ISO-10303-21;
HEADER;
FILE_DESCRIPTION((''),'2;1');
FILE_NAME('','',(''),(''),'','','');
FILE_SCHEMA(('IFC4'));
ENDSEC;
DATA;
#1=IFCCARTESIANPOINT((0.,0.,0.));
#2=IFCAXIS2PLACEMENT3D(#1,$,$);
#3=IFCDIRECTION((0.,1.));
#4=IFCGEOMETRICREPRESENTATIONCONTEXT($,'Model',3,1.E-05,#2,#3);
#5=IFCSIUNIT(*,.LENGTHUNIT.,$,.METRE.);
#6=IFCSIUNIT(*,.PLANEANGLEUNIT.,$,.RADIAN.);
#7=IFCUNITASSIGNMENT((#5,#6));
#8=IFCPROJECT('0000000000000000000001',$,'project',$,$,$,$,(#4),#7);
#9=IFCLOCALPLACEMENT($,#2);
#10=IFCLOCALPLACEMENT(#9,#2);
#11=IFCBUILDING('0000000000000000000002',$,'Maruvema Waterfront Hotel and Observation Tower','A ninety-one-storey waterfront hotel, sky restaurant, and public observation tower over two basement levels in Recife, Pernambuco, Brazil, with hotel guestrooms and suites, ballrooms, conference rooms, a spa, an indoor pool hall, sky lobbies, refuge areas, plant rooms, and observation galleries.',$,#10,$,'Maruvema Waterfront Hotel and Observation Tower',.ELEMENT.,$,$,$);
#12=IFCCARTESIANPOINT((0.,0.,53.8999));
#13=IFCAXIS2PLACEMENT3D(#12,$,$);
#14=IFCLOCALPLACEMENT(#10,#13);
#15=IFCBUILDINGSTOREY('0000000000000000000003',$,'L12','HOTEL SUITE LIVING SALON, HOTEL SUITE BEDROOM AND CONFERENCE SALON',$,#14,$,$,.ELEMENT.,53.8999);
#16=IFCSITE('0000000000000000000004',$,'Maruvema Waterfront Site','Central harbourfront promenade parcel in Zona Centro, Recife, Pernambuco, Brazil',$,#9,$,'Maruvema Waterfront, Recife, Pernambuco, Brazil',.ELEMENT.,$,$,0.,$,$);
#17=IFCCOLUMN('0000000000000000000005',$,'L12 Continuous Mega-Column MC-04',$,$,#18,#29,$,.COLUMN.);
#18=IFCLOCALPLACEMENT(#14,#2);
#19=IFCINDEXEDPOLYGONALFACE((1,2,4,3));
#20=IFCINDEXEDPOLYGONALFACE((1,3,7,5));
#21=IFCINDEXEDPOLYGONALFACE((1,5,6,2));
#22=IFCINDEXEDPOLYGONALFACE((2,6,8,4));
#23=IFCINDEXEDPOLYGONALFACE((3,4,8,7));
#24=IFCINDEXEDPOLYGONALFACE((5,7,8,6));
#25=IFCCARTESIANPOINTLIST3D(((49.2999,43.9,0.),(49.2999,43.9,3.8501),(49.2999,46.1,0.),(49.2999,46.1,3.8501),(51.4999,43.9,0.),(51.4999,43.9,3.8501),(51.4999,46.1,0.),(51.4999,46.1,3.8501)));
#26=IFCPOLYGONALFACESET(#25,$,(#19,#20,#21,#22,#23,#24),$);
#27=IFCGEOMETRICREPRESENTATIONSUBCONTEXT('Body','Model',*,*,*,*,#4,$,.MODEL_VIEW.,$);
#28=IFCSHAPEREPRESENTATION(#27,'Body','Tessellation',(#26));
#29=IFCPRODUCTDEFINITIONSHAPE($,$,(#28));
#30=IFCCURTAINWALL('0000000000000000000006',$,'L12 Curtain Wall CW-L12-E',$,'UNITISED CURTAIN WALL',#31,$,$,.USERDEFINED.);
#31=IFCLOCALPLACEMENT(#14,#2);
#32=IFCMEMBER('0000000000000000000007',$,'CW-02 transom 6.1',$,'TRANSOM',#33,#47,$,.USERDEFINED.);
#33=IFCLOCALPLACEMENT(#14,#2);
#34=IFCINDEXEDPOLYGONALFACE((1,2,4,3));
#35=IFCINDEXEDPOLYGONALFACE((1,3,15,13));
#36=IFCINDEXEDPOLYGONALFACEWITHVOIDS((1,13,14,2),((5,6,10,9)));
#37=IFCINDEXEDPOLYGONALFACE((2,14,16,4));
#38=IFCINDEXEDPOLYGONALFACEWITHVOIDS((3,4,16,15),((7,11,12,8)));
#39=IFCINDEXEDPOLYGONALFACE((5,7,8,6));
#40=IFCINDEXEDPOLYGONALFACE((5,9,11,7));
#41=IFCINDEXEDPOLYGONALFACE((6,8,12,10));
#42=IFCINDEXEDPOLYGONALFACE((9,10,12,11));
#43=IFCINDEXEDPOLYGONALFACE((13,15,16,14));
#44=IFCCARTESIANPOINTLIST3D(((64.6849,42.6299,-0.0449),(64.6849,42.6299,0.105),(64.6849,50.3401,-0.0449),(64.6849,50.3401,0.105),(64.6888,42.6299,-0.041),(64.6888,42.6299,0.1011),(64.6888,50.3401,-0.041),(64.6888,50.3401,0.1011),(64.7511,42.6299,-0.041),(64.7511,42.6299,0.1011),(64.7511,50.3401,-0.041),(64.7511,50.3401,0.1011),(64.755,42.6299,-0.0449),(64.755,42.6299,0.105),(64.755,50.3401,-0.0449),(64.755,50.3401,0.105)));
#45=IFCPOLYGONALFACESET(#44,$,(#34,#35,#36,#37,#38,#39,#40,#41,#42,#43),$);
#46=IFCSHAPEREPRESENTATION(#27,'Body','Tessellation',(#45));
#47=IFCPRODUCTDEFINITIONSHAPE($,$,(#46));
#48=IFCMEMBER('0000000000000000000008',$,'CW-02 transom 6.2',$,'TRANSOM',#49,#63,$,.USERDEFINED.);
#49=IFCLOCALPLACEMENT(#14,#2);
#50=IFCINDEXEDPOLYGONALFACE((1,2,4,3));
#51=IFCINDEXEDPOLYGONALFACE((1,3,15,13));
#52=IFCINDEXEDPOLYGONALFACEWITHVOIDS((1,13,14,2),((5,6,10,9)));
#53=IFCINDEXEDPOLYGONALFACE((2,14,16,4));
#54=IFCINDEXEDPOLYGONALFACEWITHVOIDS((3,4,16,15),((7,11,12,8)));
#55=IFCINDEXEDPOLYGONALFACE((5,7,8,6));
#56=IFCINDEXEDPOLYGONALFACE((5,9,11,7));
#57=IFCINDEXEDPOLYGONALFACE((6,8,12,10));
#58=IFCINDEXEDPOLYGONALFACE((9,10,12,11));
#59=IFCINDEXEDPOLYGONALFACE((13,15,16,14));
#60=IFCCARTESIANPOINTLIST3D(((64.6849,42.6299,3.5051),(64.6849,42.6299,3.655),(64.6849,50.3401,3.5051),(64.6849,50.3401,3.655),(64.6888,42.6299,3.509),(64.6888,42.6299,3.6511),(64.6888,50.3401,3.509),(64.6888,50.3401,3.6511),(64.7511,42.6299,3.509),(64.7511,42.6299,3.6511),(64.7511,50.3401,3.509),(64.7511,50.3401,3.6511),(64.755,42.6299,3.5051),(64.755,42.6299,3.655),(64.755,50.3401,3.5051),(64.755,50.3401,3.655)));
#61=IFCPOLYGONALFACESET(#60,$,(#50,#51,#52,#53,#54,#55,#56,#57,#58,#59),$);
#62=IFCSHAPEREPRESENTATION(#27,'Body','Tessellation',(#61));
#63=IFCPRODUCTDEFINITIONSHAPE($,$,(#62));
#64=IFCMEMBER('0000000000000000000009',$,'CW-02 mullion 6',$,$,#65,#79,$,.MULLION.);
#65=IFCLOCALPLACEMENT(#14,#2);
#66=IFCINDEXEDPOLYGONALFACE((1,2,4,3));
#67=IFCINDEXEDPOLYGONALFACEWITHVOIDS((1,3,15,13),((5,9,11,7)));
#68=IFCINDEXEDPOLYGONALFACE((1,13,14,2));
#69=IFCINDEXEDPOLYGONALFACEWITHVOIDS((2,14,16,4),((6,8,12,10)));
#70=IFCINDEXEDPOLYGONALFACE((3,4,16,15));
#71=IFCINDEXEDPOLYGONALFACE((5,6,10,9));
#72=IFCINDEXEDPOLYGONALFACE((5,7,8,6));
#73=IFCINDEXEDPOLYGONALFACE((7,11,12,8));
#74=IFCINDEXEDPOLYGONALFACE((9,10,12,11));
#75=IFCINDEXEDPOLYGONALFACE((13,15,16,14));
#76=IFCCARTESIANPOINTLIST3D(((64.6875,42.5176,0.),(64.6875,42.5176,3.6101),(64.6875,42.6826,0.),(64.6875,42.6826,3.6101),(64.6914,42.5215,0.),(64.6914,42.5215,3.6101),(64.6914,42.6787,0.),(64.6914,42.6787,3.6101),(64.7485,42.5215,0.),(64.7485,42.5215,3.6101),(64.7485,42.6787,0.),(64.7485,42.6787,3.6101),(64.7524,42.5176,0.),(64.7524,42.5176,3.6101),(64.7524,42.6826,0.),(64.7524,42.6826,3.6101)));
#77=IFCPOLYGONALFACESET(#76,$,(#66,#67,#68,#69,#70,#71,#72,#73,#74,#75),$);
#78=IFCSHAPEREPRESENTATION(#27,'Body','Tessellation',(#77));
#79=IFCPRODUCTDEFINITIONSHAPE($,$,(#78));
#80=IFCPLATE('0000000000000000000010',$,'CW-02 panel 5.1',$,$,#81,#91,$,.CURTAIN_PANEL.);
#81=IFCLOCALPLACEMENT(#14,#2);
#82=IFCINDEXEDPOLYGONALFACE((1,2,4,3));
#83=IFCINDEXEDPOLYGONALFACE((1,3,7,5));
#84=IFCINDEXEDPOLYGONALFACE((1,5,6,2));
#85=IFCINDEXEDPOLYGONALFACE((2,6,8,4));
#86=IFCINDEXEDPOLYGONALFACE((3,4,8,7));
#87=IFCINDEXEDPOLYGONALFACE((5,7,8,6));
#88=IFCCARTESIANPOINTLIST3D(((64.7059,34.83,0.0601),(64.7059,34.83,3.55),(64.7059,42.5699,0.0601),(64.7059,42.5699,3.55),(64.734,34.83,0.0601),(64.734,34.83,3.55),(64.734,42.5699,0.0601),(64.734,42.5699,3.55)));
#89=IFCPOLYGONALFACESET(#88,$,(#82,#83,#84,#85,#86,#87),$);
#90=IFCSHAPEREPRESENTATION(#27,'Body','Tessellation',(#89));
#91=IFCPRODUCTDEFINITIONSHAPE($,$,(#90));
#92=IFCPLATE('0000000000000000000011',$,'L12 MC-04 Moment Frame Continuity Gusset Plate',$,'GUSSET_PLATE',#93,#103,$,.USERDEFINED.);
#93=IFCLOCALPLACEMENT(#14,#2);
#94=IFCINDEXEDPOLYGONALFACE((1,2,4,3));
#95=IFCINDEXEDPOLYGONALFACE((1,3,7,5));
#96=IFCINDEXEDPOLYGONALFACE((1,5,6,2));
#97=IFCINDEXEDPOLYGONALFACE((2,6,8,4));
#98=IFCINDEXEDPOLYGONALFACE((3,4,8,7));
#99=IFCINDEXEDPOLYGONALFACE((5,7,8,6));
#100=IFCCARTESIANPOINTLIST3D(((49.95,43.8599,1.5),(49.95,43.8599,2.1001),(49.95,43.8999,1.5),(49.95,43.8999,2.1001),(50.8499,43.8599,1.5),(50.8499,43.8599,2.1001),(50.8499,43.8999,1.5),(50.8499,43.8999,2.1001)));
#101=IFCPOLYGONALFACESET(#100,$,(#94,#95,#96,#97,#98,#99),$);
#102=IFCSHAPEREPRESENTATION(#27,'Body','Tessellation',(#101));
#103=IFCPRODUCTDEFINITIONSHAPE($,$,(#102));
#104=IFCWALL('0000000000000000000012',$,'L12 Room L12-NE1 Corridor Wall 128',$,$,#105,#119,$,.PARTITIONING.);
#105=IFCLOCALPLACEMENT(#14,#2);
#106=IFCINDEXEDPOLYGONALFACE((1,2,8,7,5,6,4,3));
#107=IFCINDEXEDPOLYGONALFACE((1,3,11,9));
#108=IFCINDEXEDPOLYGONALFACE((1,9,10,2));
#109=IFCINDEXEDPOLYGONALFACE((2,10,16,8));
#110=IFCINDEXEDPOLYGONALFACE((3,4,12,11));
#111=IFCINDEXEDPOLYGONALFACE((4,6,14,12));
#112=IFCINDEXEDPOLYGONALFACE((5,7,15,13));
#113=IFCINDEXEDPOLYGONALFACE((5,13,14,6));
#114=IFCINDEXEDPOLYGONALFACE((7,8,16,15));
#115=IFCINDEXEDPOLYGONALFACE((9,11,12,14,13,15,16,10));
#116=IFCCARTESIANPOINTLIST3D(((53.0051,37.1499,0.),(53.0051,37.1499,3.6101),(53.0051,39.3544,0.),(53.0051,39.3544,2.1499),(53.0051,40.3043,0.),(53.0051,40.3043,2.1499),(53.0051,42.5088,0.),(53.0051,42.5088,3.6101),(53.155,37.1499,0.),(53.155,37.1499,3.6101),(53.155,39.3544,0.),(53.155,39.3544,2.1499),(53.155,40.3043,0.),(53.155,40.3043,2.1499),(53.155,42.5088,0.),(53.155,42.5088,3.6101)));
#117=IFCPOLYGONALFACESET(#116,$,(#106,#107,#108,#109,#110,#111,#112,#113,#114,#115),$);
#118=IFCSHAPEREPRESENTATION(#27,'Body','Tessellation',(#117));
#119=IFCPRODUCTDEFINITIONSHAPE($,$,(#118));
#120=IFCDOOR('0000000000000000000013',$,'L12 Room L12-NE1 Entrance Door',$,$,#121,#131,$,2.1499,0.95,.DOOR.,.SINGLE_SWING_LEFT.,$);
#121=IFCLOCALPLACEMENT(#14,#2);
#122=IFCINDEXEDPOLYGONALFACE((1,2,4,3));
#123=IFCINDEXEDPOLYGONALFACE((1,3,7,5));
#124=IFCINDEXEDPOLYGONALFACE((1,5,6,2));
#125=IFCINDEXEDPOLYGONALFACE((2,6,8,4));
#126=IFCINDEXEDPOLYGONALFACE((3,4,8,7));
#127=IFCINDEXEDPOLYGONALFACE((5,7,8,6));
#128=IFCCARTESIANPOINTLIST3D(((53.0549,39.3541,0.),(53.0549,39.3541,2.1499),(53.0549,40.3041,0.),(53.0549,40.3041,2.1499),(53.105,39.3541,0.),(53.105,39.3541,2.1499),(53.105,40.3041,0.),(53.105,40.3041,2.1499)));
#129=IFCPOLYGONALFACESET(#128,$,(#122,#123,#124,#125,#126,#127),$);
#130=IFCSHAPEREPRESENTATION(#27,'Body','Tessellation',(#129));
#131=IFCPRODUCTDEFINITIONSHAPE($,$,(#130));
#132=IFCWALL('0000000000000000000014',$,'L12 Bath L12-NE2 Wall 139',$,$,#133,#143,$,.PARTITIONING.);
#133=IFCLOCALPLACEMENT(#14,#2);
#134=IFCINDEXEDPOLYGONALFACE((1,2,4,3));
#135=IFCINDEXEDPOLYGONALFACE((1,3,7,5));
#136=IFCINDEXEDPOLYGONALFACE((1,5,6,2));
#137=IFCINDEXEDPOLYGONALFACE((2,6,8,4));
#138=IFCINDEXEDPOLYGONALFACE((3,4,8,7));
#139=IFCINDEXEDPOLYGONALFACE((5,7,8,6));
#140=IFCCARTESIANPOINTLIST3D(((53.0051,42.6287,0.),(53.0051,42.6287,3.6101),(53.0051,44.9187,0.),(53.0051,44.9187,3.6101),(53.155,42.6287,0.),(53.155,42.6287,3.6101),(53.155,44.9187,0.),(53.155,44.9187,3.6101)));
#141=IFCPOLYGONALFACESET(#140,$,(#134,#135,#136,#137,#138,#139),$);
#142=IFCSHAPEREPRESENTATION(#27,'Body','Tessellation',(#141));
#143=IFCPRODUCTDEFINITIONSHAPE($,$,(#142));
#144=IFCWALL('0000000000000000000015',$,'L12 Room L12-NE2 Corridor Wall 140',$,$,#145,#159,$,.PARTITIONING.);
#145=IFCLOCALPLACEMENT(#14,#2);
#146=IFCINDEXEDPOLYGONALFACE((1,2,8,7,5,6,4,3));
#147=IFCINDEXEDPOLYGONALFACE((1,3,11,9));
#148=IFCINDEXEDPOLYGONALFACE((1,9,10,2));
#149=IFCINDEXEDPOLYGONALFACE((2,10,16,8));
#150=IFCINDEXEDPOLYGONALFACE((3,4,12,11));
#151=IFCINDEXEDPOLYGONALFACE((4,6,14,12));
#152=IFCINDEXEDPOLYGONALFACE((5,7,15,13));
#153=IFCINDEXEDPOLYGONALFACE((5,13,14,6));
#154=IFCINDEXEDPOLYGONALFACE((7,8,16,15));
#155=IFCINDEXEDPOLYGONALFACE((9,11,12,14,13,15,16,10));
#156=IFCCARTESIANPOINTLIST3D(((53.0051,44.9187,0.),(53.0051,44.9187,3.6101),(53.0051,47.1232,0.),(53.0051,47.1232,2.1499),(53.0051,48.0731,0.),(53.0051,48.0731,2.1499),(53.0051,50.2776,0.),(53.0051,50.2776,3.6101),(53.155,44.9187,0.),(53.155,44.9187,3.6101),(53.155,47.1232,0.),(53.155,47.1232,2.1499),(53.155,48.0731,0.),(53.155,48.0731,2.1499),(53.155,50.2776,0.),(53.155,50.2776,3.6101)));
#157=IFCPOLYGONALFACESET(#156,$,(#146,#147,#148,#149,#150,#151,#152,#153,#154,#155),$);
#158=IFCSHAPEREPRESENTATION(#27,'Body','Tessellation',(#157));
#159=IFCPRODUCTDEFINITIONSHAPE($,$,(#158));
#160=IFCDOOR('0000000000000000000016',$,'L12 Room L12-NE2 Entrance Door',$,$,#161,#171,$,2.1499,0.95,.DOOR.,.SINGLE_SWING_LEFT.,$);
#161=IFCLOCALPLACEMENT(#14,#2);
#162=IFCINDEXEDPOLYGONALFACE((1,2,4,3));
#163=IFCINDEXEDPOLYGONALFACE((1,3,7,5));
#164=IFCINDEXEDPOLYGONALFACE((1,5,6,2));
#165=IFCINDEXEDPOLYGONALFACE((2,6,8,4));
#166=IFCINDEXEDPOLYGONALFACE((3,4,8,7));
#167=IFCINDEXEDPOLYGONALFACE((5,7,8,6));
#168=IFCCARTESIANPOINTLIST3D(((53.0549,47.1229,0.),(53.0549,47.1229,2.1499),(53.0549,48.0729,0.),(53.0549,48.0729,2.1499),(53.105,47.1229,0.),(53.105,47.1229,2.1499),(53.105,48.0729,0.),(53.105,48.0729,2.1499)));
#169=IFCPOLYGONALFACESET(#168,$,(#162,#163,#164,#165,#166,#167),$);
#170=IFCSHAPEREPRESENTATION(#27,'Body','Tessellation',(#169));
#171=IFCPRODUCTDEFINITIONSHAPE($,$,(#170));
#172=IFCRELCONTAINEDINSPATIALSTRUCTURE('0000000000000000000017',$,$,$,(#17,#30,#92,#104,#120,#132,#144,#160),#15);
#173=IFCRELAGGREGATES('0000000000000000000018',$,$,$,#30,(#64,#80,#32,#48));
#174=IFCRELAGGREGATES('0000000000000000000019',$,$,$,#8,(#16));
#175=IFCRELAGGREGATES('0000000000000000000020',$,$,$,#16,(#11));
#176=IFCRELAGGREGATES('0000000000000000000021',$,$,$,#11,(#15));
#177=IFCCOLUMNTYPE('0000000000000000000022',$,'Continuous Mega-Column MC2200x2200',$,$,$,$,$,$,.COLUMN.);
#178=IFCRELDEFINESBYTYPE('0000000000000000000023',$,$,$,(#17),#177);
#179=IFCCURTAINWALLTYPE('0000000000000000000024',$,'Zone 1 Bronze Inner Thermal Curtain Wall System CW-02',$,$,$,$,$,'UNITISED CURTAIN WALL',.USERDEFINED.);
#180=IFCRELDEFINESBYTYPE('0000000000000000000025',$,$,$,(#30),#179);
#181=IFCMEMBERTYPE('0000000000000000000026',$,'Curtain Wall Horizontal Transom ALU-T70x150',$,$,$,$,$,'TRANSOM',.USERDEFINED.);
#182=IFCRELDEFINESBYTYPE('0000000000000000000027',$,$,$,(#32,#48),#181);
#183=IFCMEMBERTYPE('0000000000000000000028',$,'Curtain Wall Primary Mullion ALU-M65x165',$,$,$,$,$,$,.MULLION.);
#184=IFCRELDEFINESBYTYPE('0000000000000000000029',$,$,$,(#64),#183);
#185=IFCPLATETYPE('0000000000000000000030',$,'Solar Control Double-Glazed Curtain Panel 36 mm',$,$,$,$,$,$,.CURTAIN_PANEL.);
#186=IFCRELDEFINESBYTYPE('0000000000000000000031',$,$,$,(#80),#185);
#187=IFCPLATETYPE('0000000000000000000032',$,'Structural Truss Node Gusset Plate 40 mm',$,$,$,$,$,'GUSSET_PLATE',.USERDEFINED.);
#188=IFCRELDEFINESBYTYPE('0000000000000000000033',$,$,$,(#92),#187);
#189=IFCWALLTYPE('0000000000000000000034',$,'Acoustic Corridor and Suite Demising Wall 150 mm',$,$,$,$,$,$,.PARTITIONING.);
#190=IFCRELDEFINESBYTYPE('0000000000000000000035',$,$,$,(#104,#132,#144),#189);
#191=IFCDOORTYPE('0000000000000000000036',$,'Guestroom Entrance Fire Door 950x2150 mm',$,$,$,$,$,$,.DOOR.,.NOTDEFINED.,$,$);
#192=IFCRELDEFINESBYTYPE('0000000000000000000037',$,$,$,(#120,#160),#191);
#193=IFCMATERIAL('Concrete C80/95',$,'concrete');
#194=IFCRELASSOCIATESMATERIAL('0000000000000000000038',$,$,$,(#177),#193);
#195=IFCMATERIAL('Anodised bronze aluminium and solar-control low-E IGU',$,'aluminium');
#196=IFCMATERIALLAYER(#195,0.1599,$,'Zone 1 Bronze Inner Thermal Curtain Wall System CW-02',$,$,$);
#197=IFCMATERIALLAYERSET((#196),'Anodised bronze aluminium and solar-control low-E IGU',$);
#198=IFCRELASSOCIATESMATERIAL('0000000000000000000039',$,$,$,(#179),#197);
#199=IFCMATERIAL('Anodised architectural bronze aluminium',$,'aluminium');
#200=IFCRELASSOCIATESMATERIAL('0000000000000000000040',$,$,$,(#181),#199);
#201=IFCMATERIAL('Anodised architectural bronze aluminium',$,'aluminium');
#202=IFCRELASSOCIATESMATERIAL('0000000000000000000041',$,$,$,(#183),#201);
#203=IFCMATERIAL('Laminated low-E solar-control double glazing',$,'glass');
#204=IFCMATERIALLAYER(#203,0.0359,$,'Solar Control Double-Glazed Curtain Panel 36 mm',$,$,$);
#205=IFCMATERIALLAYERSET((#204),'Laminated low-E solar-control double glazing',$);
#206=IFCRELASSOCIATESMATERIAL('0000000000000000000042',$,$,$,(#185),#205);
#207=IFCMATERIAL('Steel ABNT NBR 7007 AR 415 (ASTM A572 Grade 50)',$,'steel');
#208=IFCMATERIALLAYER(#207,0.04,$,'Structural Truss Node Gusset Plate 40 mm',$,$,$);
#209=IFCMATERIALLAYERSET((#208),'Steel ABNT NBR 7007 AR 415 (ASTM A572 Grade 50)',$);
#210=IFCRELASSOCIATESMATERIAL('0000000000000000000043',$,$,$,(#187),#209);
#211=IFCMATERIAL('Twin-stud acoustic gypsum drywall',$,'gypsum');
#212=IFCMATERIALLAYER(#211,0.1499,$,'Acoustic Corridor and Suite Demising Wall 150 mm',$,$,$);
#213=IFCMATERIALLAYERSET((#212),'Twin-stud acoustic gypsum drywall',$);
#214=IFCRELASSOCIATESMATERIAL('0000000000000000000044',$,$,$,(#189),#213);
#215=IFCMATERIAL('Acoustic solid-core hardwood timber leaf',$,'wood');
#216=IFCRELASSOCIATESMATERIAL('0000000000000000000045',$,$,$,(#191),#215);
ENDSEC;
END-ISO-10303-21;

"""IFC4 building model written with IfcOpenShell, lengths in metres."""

from ifc_helpers import new_model, si_unit, direction, frame, frame_2d, origin, origin_2d, place, context, subcontext, project, spatial, rectangle, hollow_rectangle, extrude, material, layer, layer_set, material_profile, profile_set, type_object, element, fill, aggregate, save


model = new_model("IFC4")

# Units and contexts
model_context = context("Model", 3, precision=1e-05, world=origin(), true_north=direction((0.0, 1.0)))
body_context = subcontext(model_context, "Body", "Model", "MODEL_VIEW")
ifc_project = project(units=[si_unit("LENGTHUNIT", "METRE"), si_unit("PLANEANGLEUNIT", "RADIAN")], contexts=[model_context])

# Site, building, storey
site_placement = place(None, origin())
site = spatial("IfcSite", under=ifc_project, at=site_placement, Name="Maruvema Waterfront Site", Description="Central harbourfront promenade parcel in Zona Centro, Recife, Pernambuco, Brazil", LongName="Maruvema Waterfront, Recife, Pernambuco, Brazil", CompositionType="ELEMENT", RefElevation=0.0)
building_placement = place(site_placement, origin())
building = spatial("IfcBuilding", under=site, at=building_placement, Name="Maruvema Waterfront Hotel and Observation Tower", Description="A ninety-one-storey waterfront hotel, sky restaurant, and public observation tower over two basement levels in Recife, Pernambuco, Brazil, with hotel guestrooms and suites, ballrooms, conference rooms, a spa, an indoor pool hall, sky lobbies, refuge areas, plant rooms, and observation galleries.", LongName="Maruvema Waterfront Hotel and Observation Tower", CompositionType="ELEMENT")
storey_placement = place(building_placement, frame((0.0, 0.0, 53.8999)))
storey = spatial("IfcBuildingStorey", under=building, at=storey_placement, Name="L12", Description="HOTEL SUITE LIVING SALON, HOTEL SUITE BEDROOM AND CONFERENCE SALON", CompositionType="ELEMENT", Elevation=53.8999)

# Column
ifc_material_1 = material(Name="Concrete C80/95", Category="concrete")
ifc_material_profile_1 = material_profile(ifc_material_1, rectangle(XDim=2.2, YDim=2.2, at=origin_2d()), Name="MC2200x2200")
ifc_profile_set_1 = profile_set([ifc_material_profile_1], Name="Concrete C80/95")
column_type = type_object("IfcColumnType", Name="Continuous Mega-Column MC2200x2200", PredefinedType="COLUMN", material=ifc_profile_set_1)
column_placement = place(storey_placement, frame((50.3999, 45.0, 0.0), z_axis=(0.0, 0.0, 1.0), x_axis=(1.0, 0.0, 0.0)))
element("IfcColumn", 1, at=column_placement, inside=storey, type_object=column_type, Name="L12 Continuous Mega-Column MC-04", PredefinedType="COLUMN", context=body_context, shape_type="SweptSolid", body=[
    extrude(rectangle(XDim=2.2, YDim=2.2, at=origin_2d()), origin(), (0.0, 0.0, 1.0), 3.8501),
])

# Curtain wall, members, plate
ifc_material_2 = material(Name="Anodised bronze aluminium and solar-control low-E IGU", Category="aluminium")
ifc_layer_1 = layer(ifc_material_2, 0.1599, Name="Zone 1 Bronze Inner Thermal Curtain Wall System CW-02")
ifc_layer_set_1 = layer_set([ifc_layer_1], Name="Anodised bronze aluminium and solar-control low-E IGU")
curtain_wall_type = type_object("IfcCurtainWallType", Name="Zone 1 Bronze Inner Thermal Curtain Wall System CW-02", ElementType="UNITISED CURTAIN WALL", PredefinedType="USERDEFINED", material=ifc_layer_set_1)
curtain_wall_placement = place(storey_placement, origin())
curtain_wall = element("IfcCurtainWall", 2, at=curtain_wall_placement, inside=storey, type_object=curtain_wall_type, Name="L12 Curtain Wall CW-L12-E", ObjectType="UNITISED CURTAIN WALL", PredefinedType="USERDEFINED")
ifc_material_3 = material(Name="Anodised architectural bronze aluminium", Category="aluminium")
ifc_material_profile_2 = material_profile(ifc_material_3, hollow_rectangle(XDim=0.0701, YDim=0.1499, WallThickness=0.0039, at=origin_2d()), Name="ALU-T70x150")
ifc_profile_set_2 = profile_set([ifc_material_profile_2], Name="Anodised architectural bronze aluminium")
member_type_1 = type_object("IfcMemberType", Name="Curtain Wall Horizontal Transom ALU-T70x150", ElementType="TRANSOM", PredefinedType="USERDEFINED", material=ifc_profile_set_2)
member_1_placement = place(storey_placement, frame((64.72, 42.6299, 0.03), z_axis=(0.0, 1.0, 0.0), x_axis=(-1.0, 0.0, 0.0)))
member_1 = element("IfcMember", 3, at=member_1_placement, type_object=member_type_1, Name="CW-02 transom 6.1", ObjectType="TRANSOM", PredefinedType="USERDEFINED", context=body_context, shape_type="SweptSolid", body=[
    extrude(hollow_rectangle(XDim=0.0701, YDim=0.1499, WallThickness=0.0039, at=origin_2d()), origin(), (0.0, 0.0, 1.0), 7.7102),
])
member_2_placement = place(storey_placement, frame((64.72, 42.6299, 3.5801), z_axis=(0.0, 1.0, 0.0), x_axis=(-1.0, 0.0, 0.0)))
member_2 = element("IfcMember", 4, at=member_2_placement, type_object=member_type_1, Name="CW-02 transom 6.2", ObjectType="TRANSOM", PredefinedType="USERDEFINED", context=body_context, shape_type="SweptSolid", body=[
    extrude(hollow_rectangle(XDim=0.0701, YDim=0.1499, WallThickness=0.0039, at=origin_2d()), origin(), (0.0, 0.0, 1.0), 7.7102),
])
ifc_material_4 = material(Name="Anodised architectural bronze aluminium", Category="aluminium")
ifc_material_profile_3 = material_profile(ifc_material_4, hollow_rectangle(XDim=0.0649, YDim=0.165, WallThickness=0.0039, at=origin_2d()), Name="ALU-M65x165")
ifc_profile_set_3 = profile_set([ifc_material_profile_3], Name="Anodised architectural bronze aluminium")
member_type_2 = type_object("IfcMemberType", Name="Curtain Wall Primary Mullion ALU-M65x165", PredefinedType="MULLION", material=ifc_profile_set_3)
member_3_placement = place(storey_placement, frame((64.72, 42.6001, 0.0), z_axis=(0.0, 0.0, 1.0), x_axis=(-1.0, 0.0, 0.0)))
member_3 = element("IfcMember", 5, at=member_3_placement, type_object=member_type_2, Name="CW-02 mullion 6", PredefinedType="MULLION", context=body_context, shape_type="SweptSolid", body=[
    extrude(hollow_rectangle(XDim=0.0649, YDim=0.165, WallThickness=0.0039, at=origin_2d()), origin(), (0.0, 0.0, 1.0), 3.6101),
])
ifc_material_5 = material(Name="Laminated low-E solar-control double glazing", Category="glass")
ifc_layer_2 = layer(ifc_material_5, 0.0359, Name="Solar Control Double-Glazed Curtain Panel 36 mm")
ifc_layer_set_2 = layer_set([ifc_layer_2], Name="Laminated low-E solar-control double glazing")
plate_type_1 = type_object("IfcPlateType", Name="Solar Control Double-Glazed Curtain Panel 36 mm", PredefinedType="CURTAIN_PANEL", material=ifc_layer_set_2)
plate_1_placement = place(storey_placement, frame((64.72, 38.7, 0.0601), z_axis=(0.0, 0.0, 1.0), x_axis=(0.0, 1.0, 0.0)))
plate_1 = element("IfcPlate", 6, at=plate_1_placement, type_object=plate_type_1, Name="CW-02 panel 5.1", PredefinedType="CURTAIN_PANEL", context=body_context, shape_type="SweptSolid", body=[
    extrude(rectangle(XDim=7.74, YDim=0.0281, at=origin_2d()), origin(), (0.0, 0.0, 1.0), 3.49),
])
aggregate(curtain_wall, [member_3, plate_1, member_1, member_2])

# Plate
ifc_material_6 = material(Name="Steel ABNT NBR 7007 AR 415 (ASTM A572 Grade 50)", Category="steel")
ifc_layer_3 = layer(ifc_material_6, 0.04, Name="Structural Truss Node Gusset Plate 40 mm")
ifc_layer_set_3 = layer_set([ifc_layer_3], Name="Steel ABNT NBR 7007 AR 415 (ASTM A572 Grade 50)")
plate_type_2 = type_object("IfcPlateType", Name="Structural Truss Node Gusset Plate 40 mm", ElementType="GUSSET_PLATE", PredefinedType="USERDEFINED", material=ifc_layer_set_3)
plate_2_placement = place(storey_placement, frame((50.3999, 43.8799, 1.5), z_axis=(0.0, 0.0, 1.0), x_axis=(1.0, 0.0, 0.0)))
element("IfcPlate", 7, at=plate_2_placement, inside=storey, type_object=plate_type_2, Name="L12 MC-04 Moment Frame Continuity Gusset Plate", ObjectType="GUSSET_PLATE", PredefinedType="USERDEFINED", context=body_context, shape_type="SweptSolid", body=[
    extrude(rectangle(XDim=0.8999, YDim=0.04, at=origin_2d()), origin(), (0.0, 0.0, 1.0), 0.6001),
])

# Wall, opening, door
ifc_material_7 = material(Name="Twin-stud acoustic gypsum drywall", Category="gypsum")
ifc_layer_4 = layer(ifc_material_7, 0.1499, Name="Acoustic Corridor and Suite Demising Wall 150 mm")
ifc_layer_set_4 = layer_set([ifc_layer_4], Name="Twin-stud acoustic gypsum drywall")
wall_type_1 = type_object("IfcWallType", Name="Acoustic Corridor and Suite Demising Wall 150 mm", PredefinedType="PARTITIONING", material=ifc_layer_set_4)
wall_1_placement = place(storey_placement, frame((53.0801, 37.1499, 0.0), z_axis=(0.0, 0.0, 1.0), x_axis=(0.0, 1.0, 0.0)))
wall_1 = element("IfcWall", 8, at=wall_1_placement, inside=storey, type_object=wall_type_1, Name="L12 Room L12-NE1 Corridor Wall 128", PredefinedType="PARTITIONING", context=body_context, shape_type="SweptSolid", body=[
    extrude(rectangle(XDim=5.3589, YDim=0.1499, at=frame_2d((2.6794, 0.0))), origin(), (0.0, 0.0, 1.0), 3.6101),
])
opening_1_placement = place(wall_1_placement, frame((2.2043, 0.0, 0.0)))
opening_1 = element("IfcOpeningElement", 9, at=opening_1_placement, cuts=wall_1, PredefinedType="OPENING", context=body_context, shape_type="SweptSolid", body=[
    extrude(rectangle(XDim=0.95, YDim=2.1499, at=frame_2d((0.4751, 1.075))), frame((0.0, 0.085, 0.0), z_axis=(0.0, -1.0, 0.0), x_axis=(1.0, 0.0, 0.0)), (0.0, 0.0, 1.0), 0.1699),
])
ifc_material_8 = material(Name="Acoustic solid-core hardwood timber leaf", Category="wood")
door_type_1 = type_object("IfcDoorType", Name="Guestroom Entrance Fire Door 950x2150 mm", OperationType="NOTDEFINED", PredefinedType="DOOR", material=ifc_material_8)
door_1_placement = place(opening_1_placement, frame((0.95, 0.0, 0.0), z_axis=(0.0, 0.0, 1.0), x_axis=(-1.0, 0.0, 0.0)))
door_1 = element("IfcDoor", 10, at=door_1_placement, inside=storey, type_object=door_type_1, Name="L12 Room L12-NE1 Entrance Door", OperationType="SINGLE_SWING_LEFT", OverallHeight=2.1499, OverallWidth=0.95, PredefinedType="DOOR", context=body_context, shape_type="SweptSolid", body=[
    extrude(rectangle(XDim=0.95, YDim=2.1499, at=frame_2d((0.4751, 1.075))), frame((0.0, 0.0249, 0.0), z_axis=(0.0, -1.0, 0.0), x_axis=(1.0, 0.0, 0.0)), (0.0, 0.0, 1.0), 0.05),
])
fill(opening_1, door_1)

# Wall
wall_2_placement = place(storey_placement, frame((53.0801, 42.6287, 0.0), z_axis=(0.0, 0.0, 1.0), x_axis=(0.0, 1.0, 0.0)))
element("IfcWall", 11, at=wall_2_placement, inside=storey, type_object=wall_type_1, Name="L12 Bath L12-NE2 Wall 139", PredefinedType="PARTITIONING", context=body_context, shape_type="SweptSolid", body=[
    extrude(rectangle(XDim=2.29, YDim=0.1499, at=frame_2d((1.145, 0.0))), origin(), (0.0, 0.0, 1.0), 3.6101),
])

# Wall, opening, door
wall_3_placement = place(storey_placement, frame((53.0801, 44.9187, 0.0), z_axis=(0.0, 0.0, 1.0), x_axis=(0.0, 1.0, 0.0)))
wall_3 = element("IfcWall", 12, at=wall_3_placement, inside=storey, type_object=wall_type_1, Name="L12 Room L12-NE2 Corridor Wall 140", PredefinedType="PARTITIONING", context=body_context, shape_type="SweptSolid", body=[
    extrude(rectangle(XDim=5.3589, YDim=0.1499, at=frame_2d((2.6794, 0.0))), origin(), (0.0, 0.0, 1.0), 3.6101),
])
opening_2_placement = place(wall_3_placement, frame((2.2043, 0.0, 0.0)))
opening_2 = element("IfcOpeningElement", 13, at=opening_2_placement, cuts=wall_3, PredefinedType="OPENING", context=body_context, shape_type="SweptSolid", body=[
    extrude(rectangle(XDim=0.95, YDim=2.1499, at=frame_2d((0.4751, 1.075))), frame((0.0, 0.085, 0.0), z_axis=(0.0, -1.0, 0.0), x_axis=(1.0, 0.0, 0.0)), (0.0, 0.0, 1.0), 0.1699),
])
door_2_placement = place(opening_2_placement, frame((0.95, 0.0, 0.0), z_axis=(0.0, 0.0, 1.0), x_axis=(-1.0, 0.0, 0.0)))
door_2 = element("IfcDoor", 14, at=door_2_placement, inside=storey, type_object=door_type_1, Name="L12 Room L12-NE2 Entrance Door", OperationType="SINGLE_SWING_LEFT", OverallHeight=2.1499, OverallWidth=0.95, PredefinedType="DOOR", context=body_context, shape_type="SweptSolid", body=[
    extrude(rectangle(XDim=0.95, YDim=2.1499, at=frame_2d((0.4751, 1.075))), frame((0.0, 0.0249, 0.0), z_axis=(0.0, -1.0, 0.0), x_axis=(1.0, 0.0, 0.0)), (0.0, 0.0, 1.0), 0.05),
])
fill(opening_2, door_2)

save(model, "model.ifc")
